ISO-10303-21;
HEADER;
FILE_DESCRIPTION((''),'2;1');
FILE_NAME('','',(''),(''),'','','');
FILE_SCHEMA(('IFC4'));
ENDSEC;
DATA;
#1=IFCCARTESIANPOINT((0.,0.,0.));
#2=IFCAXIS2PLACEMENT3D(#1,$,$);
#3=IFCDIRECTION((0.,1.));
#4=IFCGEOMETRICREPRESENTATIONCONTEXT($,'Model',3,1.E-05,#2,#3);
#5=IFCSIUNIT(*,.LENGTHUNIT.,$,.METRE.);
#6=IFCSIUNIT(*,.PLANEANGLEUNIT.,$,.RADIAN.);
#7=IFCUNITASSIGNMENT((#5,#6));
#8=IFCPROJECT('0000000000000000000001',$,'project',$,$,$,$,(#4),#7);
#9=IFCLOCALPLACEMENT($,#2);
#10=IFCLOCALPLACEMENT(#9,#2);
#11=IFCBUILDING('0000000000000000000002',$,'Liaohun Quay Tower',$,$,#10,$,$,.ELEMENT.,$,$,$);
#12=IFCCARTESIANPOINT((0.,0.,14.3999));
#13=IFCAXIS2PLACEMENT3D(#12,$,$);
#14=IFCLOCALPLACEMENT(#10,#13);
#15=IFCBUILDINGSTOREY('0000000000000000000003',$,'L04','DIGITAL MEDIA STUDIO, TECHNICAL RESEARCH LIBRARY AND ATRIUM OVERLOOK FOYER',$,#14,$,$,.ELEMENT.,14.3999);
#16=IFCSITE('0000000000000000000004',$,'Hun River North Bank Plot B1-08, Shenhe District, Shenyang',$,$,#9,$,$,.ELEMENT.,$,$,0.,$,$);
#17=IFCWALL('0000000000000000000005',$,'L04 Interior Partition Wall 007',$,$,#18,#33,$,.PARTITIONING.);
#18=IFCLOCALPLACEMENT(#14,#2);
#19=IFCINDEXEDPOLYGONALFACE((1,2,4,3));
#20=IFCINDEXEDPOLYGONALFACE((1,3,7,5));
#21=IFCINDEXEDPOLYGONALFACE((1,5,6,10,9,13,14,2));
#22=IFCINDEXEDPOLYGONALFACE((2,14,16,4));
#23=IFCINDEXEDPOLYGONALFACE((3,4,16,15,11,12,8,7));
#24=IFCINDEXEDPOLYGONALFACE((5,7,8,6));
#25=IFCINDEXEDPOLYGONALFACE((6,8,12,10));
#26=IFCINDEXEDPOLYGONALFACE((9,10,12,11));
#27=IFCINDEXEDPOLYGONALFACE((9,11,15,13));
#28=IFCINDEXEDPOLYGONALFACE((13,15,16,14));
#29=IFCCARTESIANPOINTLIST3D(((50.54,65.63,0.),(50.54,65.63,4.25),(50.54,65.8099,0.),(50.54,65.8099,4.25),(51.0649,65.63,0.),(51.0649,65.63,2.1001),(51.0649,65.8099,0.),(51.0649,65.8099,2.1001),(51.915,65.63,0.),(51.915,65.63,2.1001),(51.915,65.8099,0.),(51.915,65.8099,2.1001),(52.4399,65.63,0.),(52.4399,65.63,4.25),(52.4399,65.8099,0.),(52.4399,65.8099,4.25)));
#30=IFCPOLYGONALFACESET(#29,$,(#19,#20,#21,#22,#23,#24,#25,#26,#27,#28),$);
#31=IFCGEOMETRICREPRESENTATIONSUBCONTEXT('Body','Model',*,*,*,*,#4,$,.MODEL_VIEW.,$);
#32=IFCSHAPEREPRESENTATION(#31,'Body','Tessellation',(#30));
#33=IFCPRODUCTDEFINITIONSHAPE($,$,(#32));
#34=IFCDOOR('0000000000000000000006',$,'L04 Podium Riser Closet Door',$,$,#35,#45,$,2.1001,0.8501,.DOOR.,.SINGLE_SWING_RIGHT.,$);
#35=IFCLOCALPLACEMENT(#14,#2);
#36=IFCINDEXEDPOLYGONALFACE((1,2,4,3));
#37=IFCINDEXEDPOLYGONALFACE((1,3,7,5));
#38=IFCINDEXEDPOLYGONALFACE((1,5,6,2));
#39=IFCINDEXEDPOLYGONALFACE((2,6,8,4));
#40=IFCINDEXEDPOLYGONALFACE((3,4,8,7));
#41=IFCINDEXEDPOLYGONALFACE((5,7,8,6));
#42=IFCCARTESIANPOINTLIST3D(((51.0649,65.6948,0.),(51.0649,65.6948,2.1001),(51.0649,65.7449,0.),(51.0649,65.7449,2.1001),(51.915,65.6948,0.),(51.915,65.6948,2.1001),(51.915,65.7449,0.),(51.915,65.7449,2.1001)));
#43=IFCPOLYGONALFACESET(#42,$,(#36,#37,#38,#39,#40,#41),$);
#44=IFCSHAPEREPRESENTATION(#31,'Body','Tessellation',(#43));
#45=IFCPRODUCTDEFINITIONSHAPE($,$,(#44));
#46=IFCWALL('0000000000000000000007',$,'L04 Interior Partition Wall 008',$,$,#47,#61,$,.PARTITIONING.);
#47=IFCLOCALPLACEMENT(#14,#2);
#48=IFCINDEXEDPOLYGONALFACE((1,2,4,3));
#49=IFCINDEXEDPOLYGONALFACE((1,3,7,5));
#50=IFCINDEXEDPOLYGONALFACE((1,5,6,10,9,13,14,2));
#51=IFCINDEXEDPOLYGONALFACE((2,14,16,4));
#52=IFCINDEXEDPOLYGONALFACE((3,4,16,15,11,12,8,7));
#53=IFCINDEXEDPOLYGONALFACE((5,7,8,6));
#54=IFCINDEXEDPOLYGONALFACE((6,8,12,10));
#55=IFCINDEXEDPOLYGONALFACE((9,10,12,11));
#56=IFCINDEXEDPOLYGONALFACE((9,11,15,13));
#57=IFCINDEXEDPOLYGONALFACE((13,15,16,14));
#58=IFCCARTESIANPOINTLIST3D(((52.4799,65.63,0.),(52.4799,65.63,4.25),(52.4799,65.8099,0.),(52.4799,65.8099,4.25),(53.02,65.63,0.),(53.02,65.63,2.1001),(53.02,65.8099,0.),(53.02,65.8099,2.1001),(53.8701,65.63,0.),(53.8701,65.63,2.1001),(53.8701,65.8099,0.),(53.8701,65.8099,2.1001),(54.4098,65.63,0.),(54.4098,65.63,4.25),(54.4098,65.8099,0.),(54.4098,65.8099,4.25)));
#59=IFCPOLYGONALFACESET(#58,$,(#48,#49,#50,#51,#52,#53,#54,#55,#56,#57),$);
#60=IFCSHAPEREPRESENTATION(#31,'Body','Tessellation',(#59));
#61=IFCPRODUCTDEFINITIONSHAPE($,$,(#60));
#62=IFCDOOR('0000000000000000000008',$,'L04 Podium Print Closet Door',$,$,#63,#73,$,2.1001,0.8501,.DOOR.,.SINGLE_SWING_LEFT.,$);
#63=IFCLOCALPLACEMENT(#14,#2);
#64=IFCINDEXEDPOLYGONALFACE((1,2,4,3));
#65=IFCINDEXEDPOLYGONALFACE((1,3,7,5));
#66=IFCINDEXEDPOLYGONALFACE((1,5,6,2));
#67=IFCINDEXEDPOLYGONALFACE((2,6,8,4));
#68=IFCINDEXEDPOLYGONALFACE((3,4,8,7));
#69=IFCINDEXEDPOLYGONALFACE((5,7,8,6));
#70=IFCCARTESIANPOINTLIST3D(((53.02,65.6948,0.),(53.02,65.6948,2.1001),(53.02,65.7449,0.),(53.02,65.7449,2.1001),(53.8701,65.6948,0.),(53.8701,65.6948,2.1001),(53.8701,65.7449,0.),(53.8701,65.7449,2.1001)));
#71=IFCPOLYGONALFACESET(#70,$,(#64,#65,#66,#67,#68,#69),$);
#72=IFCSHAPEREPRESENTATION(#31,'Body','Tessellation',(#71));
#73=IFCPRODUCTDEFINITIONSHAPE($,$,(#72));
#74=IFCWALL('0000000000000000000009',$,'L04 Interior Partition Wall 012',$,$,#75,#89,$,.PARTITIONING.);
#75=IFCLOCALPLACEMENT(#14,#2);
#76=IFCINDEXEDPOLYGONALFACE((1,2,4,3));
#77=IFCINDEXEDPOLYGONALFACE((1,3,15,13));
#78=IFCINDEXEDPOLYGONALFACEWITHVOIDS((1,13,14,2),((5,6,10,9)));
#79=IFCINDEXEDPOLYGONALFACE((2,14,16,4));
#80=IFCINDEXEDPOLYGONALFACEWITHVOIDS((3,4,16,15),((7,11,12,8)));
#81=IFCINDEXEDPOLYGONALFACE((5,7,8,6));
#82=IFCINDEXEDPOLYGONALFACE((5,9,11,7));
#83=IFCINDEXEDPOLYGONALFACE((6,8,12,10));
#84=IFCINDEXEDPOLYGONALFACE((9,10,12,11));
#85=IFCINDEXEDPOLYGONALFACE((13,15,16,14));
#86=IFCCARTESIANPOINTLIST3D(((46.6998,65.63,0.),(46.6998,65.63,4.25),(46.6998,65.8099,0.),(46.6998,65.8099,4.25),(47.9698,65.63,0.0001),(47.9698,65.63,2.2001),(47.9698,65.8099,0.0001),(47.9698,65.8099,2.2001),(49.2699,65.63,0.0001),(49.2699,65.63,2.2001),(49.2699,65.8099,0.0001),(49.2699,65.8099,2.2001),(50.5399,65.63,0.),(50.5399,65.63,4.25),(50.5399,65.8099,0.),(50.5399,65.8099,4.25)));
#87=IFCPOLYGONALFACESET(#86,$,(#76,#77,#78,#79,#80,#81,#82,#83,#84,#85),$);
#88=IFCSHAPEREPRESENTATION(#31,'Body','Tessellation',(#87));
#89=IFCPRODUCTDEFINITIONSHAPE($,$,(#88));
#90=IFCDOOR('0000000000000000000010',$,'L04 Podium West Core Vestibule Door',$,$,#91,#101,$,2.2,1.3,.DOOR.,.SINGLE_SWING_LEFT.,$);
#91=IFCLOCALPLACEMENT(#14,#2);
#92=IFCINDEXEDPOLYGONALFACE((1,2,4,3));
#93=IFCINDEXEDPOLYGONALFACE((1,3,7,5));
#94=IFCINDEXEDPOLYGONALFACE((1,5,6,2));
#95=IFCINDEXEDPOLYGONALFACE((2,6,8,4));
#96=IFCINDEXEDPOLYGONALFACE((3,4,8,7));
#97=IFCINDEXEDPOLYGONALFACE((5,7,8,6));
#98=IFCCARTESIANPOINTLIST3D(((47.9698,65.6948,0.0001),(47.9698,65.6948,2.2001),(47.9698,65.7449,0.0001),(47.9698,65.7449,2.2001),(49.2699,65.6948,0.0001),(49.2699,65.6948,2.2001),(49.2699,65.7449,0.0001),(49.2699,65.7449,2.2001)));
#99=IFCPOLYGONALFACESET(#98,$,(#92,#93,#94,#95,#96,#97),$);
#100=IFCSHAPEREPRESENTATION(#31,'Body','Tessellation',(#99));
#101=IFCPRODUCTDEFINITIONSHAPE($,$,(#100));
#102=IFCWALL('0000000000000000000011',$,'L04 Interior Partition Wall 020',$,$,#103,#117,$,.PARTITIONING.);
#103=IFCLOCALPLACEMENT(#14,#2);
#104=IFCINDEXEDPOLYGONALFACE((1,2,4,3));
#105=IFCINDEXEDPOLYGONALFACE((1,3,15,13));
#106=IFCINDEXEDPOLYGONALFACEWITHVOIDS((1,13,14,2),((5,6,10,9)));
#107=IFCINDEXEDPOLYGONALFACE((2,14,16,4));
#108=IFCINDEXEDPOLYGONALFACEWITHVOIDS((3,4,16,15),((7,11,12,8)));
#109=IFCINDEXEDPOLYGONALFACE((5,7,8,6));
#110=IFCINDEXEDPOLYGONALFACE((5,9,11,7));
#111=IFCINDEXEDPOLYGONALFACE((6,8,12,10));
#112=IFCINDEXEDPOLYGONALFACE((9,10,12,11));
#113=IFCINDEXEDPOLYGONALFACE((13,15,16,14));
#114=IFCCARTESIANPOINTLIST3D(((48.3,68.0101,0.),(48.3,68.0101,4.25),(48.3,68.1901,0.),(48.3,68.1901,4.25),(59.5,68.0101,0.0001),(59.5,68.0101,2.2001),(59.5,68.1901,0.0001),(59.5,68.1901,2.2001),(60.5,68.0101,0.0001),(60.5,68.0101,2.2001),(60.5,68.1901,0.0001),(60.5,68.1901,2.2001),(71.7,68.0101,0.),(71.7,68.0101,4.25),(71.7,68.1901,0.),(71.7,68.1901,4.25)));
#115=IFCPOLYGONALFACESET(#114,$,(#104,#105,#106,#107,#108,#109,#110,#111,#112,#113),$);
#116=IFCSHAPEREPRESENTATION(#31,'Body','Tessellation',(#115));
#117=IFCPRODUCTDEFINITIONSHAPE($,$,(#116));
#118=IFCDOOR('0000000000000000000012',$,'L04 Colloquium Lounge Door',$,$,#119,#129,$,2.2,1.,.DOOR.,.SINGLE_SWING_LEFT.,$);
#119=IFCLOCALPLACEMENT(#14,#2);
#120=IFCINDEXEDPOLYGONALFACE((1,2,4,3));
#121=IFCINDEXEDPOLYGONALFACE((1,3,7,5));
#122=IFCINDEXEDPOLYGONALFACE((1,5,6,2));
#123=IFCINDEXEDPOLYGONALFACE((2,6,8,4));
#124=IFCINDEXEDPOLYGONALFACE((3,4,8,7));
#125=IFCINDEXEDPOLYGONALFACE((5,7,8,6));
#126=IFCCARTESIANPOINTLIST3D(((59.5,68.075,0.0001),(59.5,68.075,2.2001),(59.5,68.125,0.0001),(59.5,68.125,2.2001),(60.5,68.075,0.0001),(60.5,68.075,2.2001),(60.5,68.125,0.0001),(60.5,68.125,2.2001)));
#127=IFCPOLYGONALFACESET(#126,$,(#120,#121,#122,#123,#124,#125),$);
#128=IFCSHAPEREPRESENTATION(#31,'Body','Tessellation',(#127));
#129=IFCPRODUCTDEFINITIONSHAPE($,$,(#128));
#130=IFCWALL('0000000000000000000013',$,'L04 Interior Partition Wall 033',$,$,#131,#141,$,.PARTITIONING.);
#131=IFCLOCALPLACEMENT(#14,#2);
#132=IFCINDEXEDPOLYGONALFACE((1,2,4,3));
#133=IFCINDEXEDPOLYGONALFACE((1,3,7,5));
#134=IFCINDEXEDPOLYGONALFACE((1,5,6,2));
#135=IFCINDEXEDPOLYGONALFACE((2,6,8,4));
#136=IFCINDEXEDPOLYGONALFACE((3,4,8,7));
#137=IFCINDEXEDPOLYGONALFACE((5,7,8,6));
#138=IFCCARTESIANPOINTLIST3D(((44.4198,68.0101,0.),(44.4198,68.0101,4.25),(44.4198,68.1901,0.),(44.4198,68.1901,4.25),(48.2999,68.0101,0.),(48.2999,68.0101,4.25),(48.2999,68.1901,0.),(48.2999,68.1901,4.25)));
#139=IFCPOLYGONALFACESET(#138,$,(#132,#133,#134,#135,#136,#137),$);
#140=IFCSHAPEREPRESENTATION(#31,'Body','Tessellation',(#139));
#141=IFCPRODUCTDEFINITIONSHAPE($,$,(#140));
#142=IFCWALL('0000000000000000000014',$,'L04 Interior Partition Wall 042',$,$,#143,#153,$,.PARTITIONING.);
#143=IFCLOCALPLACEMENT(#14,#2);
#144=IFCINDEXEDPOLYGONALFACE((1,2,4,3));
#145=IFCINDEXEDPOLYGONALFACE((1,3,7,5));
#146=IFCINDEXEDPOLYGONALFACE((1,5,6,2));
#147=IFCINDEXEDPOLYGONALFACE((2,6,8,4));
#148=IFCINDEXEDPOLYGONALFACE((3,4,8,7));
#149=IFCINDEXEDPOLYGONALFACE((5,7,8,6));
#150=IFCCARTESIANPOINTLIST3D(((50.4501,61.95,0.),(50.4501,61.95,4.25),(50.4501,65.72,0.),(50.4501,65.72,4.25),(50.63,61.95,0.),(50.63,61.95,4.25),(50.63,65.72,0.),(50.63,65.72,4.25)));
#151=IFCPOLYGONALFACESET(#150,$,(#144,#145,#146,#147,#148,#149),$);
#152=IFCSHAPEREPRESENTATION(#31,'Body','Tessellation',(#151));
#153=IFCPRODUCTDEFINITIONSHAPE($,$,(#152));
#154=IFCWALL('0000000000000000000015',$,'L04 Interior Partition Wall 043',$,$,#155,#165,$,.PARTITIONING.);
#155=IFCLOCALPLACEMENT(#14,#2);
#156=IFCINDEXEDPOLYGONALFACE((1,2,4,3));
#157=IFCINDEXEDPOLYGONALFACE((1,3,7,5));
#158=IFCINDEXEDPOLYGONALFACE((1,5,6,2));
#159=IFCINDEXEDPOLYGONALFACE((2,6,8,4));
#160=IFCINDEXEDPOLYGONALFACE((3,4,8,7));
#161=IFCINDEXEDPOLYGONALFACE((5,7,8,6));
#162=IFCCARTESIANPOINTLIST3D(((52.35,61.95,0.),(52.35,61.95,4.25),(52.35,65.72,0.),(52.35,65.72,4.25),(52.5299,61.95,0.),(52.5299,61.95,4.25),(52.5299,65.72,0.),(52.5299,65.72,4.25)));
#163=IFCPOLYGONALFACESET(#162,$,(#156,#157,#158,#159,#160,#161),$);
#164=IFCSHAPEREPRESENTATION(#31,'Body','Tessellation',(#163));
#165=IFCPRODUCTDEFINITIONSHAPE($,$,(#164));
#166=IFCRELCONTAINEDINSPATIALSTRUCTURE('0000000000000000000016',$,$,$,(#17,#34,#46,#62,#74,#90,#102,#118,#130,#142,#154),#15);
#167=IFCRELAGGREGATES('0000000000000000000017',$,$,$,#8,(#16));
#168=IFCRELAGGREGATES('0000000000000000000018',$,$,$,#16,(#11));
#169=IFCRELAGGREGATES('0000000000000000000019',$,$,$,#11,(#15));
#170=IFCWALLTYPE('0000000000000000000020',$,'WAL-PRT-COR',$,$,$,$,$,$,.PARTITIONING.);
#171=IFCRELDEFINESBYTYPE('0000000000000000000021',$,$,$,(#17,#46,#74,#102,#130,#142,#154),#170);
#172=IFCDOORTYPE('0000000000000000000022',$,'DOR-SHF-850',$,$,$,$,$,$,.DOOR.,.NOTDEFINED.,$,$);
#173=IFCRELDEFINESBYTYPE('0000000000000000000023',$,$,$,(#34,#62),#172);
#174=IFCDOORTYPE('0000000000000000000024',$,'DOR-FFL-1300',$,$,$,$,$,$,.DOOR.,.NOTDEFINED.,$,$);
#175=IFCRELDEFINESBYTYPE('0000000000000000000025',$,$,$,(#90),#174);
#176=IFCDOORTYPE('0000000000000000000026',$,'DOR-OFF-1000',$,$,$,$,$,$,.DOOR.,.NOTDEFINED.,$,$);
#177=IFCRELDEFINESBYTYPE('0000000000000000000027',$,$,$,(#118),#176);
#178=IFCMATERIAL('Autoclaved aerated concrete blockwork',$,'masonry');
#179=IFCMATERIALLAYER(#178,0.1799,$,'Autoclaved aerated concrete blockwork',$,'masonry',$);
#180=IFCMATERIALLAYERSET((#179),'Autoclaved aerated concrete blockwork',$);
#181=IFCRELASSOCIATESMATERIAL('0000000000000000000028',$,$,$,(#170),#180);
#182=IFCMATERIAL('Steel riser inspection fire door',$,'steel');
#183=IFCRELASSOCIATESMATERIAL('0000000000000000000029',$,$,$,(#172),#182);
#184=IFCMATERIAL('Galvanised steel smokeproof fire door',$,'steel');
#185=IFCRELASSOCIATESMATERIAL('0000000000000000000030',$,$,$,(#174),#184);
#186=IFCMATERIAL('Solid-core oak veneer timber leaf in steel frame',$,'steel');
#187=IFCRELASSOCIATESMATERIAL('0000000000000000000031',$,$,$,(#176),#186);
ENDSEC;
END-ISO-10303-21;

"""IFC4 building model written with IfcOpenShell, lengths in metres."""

from ifc_helpers import new_model, si_unit, direction, frame, frame_2d, origin, place, context, subcontext, project, spatial, rectangle, extrude, source, transform, mapped, material, layer, layer_set, type_object, element, fill, save


model = new_model("IFC4")

# Units and contexts
model_context = context("Model", 3, precision=1e-05, world=origin(), true_north=direction((0.0, 1.0)))
body_context = subcontext(model_context, "Body", "Model", "MODEL_VIEW")
ifc_project = project(units=[si_unit("LENGTHUNIT", "METRE"), si_unit("PLANEANGLEUNIT", "RADIAN")], contexts=[model_context])

# Site, building, storey
site_placement = place(None, origin())
site = spatial("IfcSite", under=ifc_project, at=site_placement, Name="Hun River North Bank Plot B1-08, Shenhe District, Shenyang", CompositionType="ELEMENT", RefElevation=0.0)
building_placement = place(site_placement, origin())
building = spatial("IfcBuilding", under=site, at=building_placement, Name="Liaohun Quay Tower", CompositionType="ELEMENT")
storey_placement = place(building_placement, frame((0.0, 0.0, 14.3999)))
storey = spatial("IfcBuildingStorey", under=building, at=storey_placement, Name="L04", Description="DIGITAL MEDIA STUDIO, TECHNICAL RESEARCH LIBRARY AND ATRIUM OVERLOOK FOYER", CompositionType="ELEMENT", Elevation=14.3999)

# Walls, openings, doors
ifc_material_1 = material(Name="Autoclaved aerated concrete blockwork", Category="masonry")
ifc_layer_1 = layer(ifc_material_1, 0.1799, Name="Autoclaved aerated concrete blockwork", Category="masonry")
ifc_layer_set_1 = layer_set([ifc_layer_1], Name="Autoclaved aerated concrete blockwork")
wall_type_1 = type_object("IfcWallType", Name="WAL-PRT-COR", PredefinedType="PARTITIONING", material=ifc_layer_set_1)
wall_1_placement = place(storey_placement, frame((50.54, 65.72, 0.0), z_axis=(0.0, 0.0, 1.0), x_axis=(1.0, 0.0, 0.0)))
wall_1 = element("IfcWall", 1, at=wall_1_placement, inside=storey, type_object=wall_type_1, Name="L04 Interior Partition Wall 007", PredefinedType="PARTITIONING", context=body_context, shape_type="SweptSolid", body=[
    extrude(rectangle(XDim=1.8999, YDim=0.1799, at=frame_2d((0.95, 0.0))), origin(), (0.0, 0.0, 1.0), 4.25),
])
shared_shape_1 = source(origin(), body_context, "Body", "SweptSolid", [
    extrude(rectangle(XDim=0.8501, YDim=2.1001, at=frame_2d((0.425, 1.05))), frame((0.0, 0.0999, 0.0), z_axis=(0.0, -1.0, 0.0), x_axis=(1.0, 0.0, 0.0)), (0.0, 0.0, 1.0), 0.2),
])
opening_1_placement = place(wall_1_placement, frame((0.5249, 0.0, 0.0)))
opening_1 = element("IfcOpeningElement", 2, at=opening_1_placement, cuts=wall_1, PredefinedType="OPENING", context=body_context, shape_type="MappedRepresentation", body=[
    mapped(shared_shape_1, transform((0.0, 0.0, 0.0), x_axis=(1.0, 0.0, 0.0), y_axis=(0.0, 1.0, 0.0), z_axis=(0.0, 0.0, 1.0), scale=1.0)),
])
ifc_material_2 = material(Name="Steel riser inspection fire door", Category="steel")
door_type_1 = type_object("IfcDoorType", Name="DOR-SHF-850", OperationType="NOTDEFINED", PredefinedType="DOOR", material=ifc_material_2)
shared_shape_2 = source(origin(), body_context, "Body", "SweptSolid", [
    extrude(rectangle(XDim=0.8501, YDim=2.1001, at=frame_2d((0.425, 1.05))), frame((0.0, 0.0249, 0.0), z_axis=(0.0, -1.0, 0.0), x_axis=(1.0, 0.0, 0.0)), (0.0, 0.0, 1.0), 0.05),
])
door_1_placement = place(opening_1_placement, origin())
door_1 = element("IfcDoor", 3, at=door_1_placement, inside=storey, type_object=door_type_1, Name="L04 Podium Riser Closet Door", OperationType="SINGLE_SWING_RIGHT", OverallHeight=2.1001, OverallWidth=0.8501, PredefinedType="DOOR", context=body_context, shape_type="MappedRepresentation", body=[
    mapped(shared_shape_2, transform((0.0, 0.0, 0.0), x_axis=(1.0, 0.0, 0.0), y_axis=(0.0, 1.0, 0.0), z_axis=(0.0, 0.0, 1.0), scale=1.0)),
])
fill(opening_1, door_1)
wall_2_placement = place(storey_placement, frame((52.48, 65.72, 0.0), z_axis=(0.0, 0.0, 1.0), x_axis=(1.0, 0.0, 0.0)))
wall_2 = element("IfcWall", 4, at=wall_2_placement, inside=storey, type_object=wall_type_1, Name="L04 Interior Partition Wall 008", PredefinedType="PARTITIONING", context=body_context, shape_type="SweptSolid", body=[
    extrude(rectangle(XDim=1.9299, YDim=0.1799, at=frame_2d((0.9648, 0.0))), origin(), (0.0, 0.0, 1.0), 4.25),
])
opening_2_placement = place(wall_2_placement, frame((0.54, 0.0, 0.0)))
opening_2 = element("IfcOpeningElement", 5, at=opening_2_placement, cuts=wall_2, PredefinedType="OPENING", context=body_context, shape_type="MappedRepresentation", body=[
    mapped(shared_shape_1, transform((0.0, 0.0, 0.0), x_axis=(1.0, 0.0, 0.0), y_axis=(0.0, 1.0, 0.0), z_axis=(0.0, 0.0, 1.0), scale=1.0)),
])
door_2_placement = place(opening_2_placement, origin())
door_2 = element("IfcDoor", 6, at=door_2_placement, inside=storey, type_object=door_type_1, Name="L04 Podium Print Closet Door", OperationType="SINGLE_SWING_LEFT", OverallHeight=2.1001, OverallWidth=0.8501, PredefinedType="DOOR", context=body_context, shape_type="MappedRepresentation", body=[
    mapped(shared_shape_2, transform((0.0, 0.0, 0.0), x_axis=(1.0, 0.0, 0.0), y_axis=(0.0, 1.0, 0.0), z_axis=(0.0, 0.0, 1.0), scale=1.0)),
])
fill(opening_2, door_2)
wall_3_placement = place(storey_placement, frame((46.7, 65.72, 0.0), z_axis=(0.0, 0.0, 1.0), x_axis=(1.0, 0.0, 0.0)))
wall_3 = element("IfcWall", 7, at=wall_3_placement, inside=storey, type_object=wall_type_1, Name="L04 Interior Partition Wall 012", PredefinedType="PARTITIONING", context=body_context, shape_type="SweptSolid", body=[
    extrude(rectangle(XDim=3.8401, YDim=0.1799, at=frame_2d((1.9199, 0.0))), origin(), (0.0, 0.0, 1.0), 4.25),
])
shared_shape_3 = source(origin(), body_context, "Body", "SweptSolid", [
    extrude(rectangle(XDim=1.3, YDim=2.2, at=frame_2d((0.6499, 1.1001))), frame((0.0, 0.0999, 0.0), z_axis=(0.0, -1.0, 0.0), x_axis=(1.0, 0.0, 0.0)), (0.0, 0.0, 1.0), 0.2),
])
opening_3_placement = place(wall_3_placement, frame((1.27, 0.0, 0.0)))
opening_3 = element("IfcOpeningElement", 8, at=opening_3_placement, cuts=wall_3, PredefinedType="OPENING", context=body_context, shape_type="MappedRepresentation", body=[
    mapped(shared_shape_3, transform((0.0, 0.0, 0.0), x_axis=(1.0, 0.0, 0.0), y_axis=(0.0, 1.0, 0.0), z_axis=(0.0, 0.0, 1.0), scale=1.0)),
])
ifc_material_3 = material(Name="Galvanised steel smokeproof fire door", Category="steel")
door_type_2 = type_object("IfcDoorType", Name="DOR-FFL-1300", OperationType="NOTDEFINED", PredefinedType="DOOR", material=ifc_material_3)
shared_shape_4 = source(origin(), body_context, "Body", "SweptSolid", [
    extrude(rectangle(XDim=1.3, YDim=2.2, at=frame_2d((0.6499, 1.1001))), frame((0.0, 0.0249, 0.0), z_axis=(0.0, -1.0, 0.0), x_axis=(1.0, 0.0, 0.0)), (0.0, 0.0, 1.0), 0.05),
])
door_3_placement = place(opening_3_placement, origin())
door_3 = element("IfcDoor", 9, at=door_3_placement, inside=storey, type_object=door_type_2, Name="L04 Podium West Core Vestibule Door", OperationType="SINGLE_SWING_LEFT", OverallHeight=2.2, OverallWidth=1.3, PredefinedType="DOOR", context=body_context, shape_type="MappedRepresentation", body=[
    mapped(shared_shape_4, transform((0.0, 0.0, 0.0), x_axis=(1.0, 0.0, 0.0), y_axis=(0.0, 1.0, 0.0), z_axis=(0.0, 0.0, 1.0), scale=1.0)),
])
fill(opening_3, door_3)
wall_4_placement = place(storey_placement, frame((48.3, 68.1001, 0.0), z_axis=(0.0, 0.0, 1.0), x_axis=(1.0, 0.0, 0.0)))
wall_4 = element("IfcWall", 10, at=wall_4_placement, inside=storey, type_object=wall_type_1, Name="L04 Interior Partition Wall 020", PredefinedType="PARTITIONING", context=body_context, shape_type="SweptSolid", body=[
    extrude(rectangle(XDim=23.3999, YDim=0.1799, at=frame_2d((11.7, 0.0))), origin(), (0.0, 0.0, 1.0), 4.25),
])
shared_shape_5 = source(origin(), body_context, "Body", "SweptSolid", [
    extrude(rectangle(XDim=1.0, YDim=2.2, at=frame_2d((0.5, 1.1001))), frame((0.0, 0.0999, 0.0), z_axis=(0.0, -1.0, 0.0), x_axis=(1.0, 0.0, 0.0)), (0.0, 0.0, 1.0), 0.2),
])
opening_4_placement = place(wall_4_placement, frame((11.2, 0.0, 0.0)))
opening_4 = element("IfcOpeningElement", 11, at=opening_4_placement, cuts=wall_4, PredefinedType="OPENING", context=body_context, shape_type="MappedRepresentation", body=[
    mapped(shared_shape_5, transform((0.0, 0.0, 0.0), x_axis=(1.0, 0.0, 0.0), y_axis=(0.0, 1.0, 0.0), z_axis=(0.0, 0.0, 1.0), scale=1.0)),
])
ifc_material_4 = material(Name="Solid-core oak veneer timber leaf in steel frame", Category="steel")
door_type_3 = type_object("IfcDoorType", Name="DOR-OFF-1000", OperationType="NOTDEFINED", PredefinedType="DOOR", material=ifc_material_4)
shared_shape_6 = source(origin(), body_context, "Body", "SweptSolid", [
    extrude(rectangle(XDim=1.0, YDim=2.2, at=frame_2d((0.5, 1.1001))), frame((0.0, 0.0249, 0.0), z_axis=(0.0, -1.0, 0.0), x_axis=(1.0, 0.0, 0.0)), (0.0, 0.0, 1.0), 0.05),
])
door_4_placement = place(opening_4_placement, origin())
door_4 = element("IfcDoor", 12, at=door_4_placement, inside=storey, type_object=door_type_3, Name="L04 Colloquium Lounge Door", OperationType="SINGLE_SWING_LEFT", OverallHeight=2.2, OverallWidth=1.0, PredefinedType="DOOR", context=body_context, shape_type="MappedRepresentation", body=[
    mapped(shared_shape_6, transform((0.0, 0.0, 0.0), x_axis=(1.0, 0.0, 0.0), y_axis=(0.0, 1.0, 0.0), z_axis=(0.0, 0.0, 1.0), scale=1.0)),
])
fill(opening_4, door_4)

# Walls
wall_5_placement = place(storey_placement, frame((44.4199, 68.1001, 0.0), z_axis=(0.0, 0.0, 1.0), x_axis=(1.0, 0.0, 0.0)))
element("IfcWall", 13, at=wall_5_placement, inside=storey, type_object=wall_type_1, Name="L04 Interior Partition Wall 033", PredefinedType="PARTITIONING", context=body_context, shape_type="SweptSolid", body=[
    extrude(rectangle(XDim=3.8801, YDim=0.1799, at=frame_2d((1.9399, 0.0))), origin(), (0.0, 0.0, 1.0), 4.25),
])
for number, where, z_axis, x_axis, name in (
    (14, (50.54, 61.95, 0.0), (0.0, 0.0, 1.0), (0.0, 1.0, 0.0), "L04 Interior Partition Wall 042"),
    (15, (52.4399, 61.95, 0.0), (0.0, 0.0, 1.0), (0.0, 1.0, 0.0), "L04 Interior Partition Wall 043"),
):
    element("IfcWall", number, at=place(storey_placement, frame(where, z_axis=z_axis, x_axis=x_axis)), inside=storey, type_object=wall_type_1, Name=name, PredefinedType="PARTITIONING", context=body_context, shape_type="SweptSolid", body=[
        extrude(rectangle(XDim=3.77, YDim=0.1799, at=frame_2d((1.885, 0.0))), origin(), (0.0, 0.0, 1.0), 4.25),
    ])

save(model, "model.ifc")
